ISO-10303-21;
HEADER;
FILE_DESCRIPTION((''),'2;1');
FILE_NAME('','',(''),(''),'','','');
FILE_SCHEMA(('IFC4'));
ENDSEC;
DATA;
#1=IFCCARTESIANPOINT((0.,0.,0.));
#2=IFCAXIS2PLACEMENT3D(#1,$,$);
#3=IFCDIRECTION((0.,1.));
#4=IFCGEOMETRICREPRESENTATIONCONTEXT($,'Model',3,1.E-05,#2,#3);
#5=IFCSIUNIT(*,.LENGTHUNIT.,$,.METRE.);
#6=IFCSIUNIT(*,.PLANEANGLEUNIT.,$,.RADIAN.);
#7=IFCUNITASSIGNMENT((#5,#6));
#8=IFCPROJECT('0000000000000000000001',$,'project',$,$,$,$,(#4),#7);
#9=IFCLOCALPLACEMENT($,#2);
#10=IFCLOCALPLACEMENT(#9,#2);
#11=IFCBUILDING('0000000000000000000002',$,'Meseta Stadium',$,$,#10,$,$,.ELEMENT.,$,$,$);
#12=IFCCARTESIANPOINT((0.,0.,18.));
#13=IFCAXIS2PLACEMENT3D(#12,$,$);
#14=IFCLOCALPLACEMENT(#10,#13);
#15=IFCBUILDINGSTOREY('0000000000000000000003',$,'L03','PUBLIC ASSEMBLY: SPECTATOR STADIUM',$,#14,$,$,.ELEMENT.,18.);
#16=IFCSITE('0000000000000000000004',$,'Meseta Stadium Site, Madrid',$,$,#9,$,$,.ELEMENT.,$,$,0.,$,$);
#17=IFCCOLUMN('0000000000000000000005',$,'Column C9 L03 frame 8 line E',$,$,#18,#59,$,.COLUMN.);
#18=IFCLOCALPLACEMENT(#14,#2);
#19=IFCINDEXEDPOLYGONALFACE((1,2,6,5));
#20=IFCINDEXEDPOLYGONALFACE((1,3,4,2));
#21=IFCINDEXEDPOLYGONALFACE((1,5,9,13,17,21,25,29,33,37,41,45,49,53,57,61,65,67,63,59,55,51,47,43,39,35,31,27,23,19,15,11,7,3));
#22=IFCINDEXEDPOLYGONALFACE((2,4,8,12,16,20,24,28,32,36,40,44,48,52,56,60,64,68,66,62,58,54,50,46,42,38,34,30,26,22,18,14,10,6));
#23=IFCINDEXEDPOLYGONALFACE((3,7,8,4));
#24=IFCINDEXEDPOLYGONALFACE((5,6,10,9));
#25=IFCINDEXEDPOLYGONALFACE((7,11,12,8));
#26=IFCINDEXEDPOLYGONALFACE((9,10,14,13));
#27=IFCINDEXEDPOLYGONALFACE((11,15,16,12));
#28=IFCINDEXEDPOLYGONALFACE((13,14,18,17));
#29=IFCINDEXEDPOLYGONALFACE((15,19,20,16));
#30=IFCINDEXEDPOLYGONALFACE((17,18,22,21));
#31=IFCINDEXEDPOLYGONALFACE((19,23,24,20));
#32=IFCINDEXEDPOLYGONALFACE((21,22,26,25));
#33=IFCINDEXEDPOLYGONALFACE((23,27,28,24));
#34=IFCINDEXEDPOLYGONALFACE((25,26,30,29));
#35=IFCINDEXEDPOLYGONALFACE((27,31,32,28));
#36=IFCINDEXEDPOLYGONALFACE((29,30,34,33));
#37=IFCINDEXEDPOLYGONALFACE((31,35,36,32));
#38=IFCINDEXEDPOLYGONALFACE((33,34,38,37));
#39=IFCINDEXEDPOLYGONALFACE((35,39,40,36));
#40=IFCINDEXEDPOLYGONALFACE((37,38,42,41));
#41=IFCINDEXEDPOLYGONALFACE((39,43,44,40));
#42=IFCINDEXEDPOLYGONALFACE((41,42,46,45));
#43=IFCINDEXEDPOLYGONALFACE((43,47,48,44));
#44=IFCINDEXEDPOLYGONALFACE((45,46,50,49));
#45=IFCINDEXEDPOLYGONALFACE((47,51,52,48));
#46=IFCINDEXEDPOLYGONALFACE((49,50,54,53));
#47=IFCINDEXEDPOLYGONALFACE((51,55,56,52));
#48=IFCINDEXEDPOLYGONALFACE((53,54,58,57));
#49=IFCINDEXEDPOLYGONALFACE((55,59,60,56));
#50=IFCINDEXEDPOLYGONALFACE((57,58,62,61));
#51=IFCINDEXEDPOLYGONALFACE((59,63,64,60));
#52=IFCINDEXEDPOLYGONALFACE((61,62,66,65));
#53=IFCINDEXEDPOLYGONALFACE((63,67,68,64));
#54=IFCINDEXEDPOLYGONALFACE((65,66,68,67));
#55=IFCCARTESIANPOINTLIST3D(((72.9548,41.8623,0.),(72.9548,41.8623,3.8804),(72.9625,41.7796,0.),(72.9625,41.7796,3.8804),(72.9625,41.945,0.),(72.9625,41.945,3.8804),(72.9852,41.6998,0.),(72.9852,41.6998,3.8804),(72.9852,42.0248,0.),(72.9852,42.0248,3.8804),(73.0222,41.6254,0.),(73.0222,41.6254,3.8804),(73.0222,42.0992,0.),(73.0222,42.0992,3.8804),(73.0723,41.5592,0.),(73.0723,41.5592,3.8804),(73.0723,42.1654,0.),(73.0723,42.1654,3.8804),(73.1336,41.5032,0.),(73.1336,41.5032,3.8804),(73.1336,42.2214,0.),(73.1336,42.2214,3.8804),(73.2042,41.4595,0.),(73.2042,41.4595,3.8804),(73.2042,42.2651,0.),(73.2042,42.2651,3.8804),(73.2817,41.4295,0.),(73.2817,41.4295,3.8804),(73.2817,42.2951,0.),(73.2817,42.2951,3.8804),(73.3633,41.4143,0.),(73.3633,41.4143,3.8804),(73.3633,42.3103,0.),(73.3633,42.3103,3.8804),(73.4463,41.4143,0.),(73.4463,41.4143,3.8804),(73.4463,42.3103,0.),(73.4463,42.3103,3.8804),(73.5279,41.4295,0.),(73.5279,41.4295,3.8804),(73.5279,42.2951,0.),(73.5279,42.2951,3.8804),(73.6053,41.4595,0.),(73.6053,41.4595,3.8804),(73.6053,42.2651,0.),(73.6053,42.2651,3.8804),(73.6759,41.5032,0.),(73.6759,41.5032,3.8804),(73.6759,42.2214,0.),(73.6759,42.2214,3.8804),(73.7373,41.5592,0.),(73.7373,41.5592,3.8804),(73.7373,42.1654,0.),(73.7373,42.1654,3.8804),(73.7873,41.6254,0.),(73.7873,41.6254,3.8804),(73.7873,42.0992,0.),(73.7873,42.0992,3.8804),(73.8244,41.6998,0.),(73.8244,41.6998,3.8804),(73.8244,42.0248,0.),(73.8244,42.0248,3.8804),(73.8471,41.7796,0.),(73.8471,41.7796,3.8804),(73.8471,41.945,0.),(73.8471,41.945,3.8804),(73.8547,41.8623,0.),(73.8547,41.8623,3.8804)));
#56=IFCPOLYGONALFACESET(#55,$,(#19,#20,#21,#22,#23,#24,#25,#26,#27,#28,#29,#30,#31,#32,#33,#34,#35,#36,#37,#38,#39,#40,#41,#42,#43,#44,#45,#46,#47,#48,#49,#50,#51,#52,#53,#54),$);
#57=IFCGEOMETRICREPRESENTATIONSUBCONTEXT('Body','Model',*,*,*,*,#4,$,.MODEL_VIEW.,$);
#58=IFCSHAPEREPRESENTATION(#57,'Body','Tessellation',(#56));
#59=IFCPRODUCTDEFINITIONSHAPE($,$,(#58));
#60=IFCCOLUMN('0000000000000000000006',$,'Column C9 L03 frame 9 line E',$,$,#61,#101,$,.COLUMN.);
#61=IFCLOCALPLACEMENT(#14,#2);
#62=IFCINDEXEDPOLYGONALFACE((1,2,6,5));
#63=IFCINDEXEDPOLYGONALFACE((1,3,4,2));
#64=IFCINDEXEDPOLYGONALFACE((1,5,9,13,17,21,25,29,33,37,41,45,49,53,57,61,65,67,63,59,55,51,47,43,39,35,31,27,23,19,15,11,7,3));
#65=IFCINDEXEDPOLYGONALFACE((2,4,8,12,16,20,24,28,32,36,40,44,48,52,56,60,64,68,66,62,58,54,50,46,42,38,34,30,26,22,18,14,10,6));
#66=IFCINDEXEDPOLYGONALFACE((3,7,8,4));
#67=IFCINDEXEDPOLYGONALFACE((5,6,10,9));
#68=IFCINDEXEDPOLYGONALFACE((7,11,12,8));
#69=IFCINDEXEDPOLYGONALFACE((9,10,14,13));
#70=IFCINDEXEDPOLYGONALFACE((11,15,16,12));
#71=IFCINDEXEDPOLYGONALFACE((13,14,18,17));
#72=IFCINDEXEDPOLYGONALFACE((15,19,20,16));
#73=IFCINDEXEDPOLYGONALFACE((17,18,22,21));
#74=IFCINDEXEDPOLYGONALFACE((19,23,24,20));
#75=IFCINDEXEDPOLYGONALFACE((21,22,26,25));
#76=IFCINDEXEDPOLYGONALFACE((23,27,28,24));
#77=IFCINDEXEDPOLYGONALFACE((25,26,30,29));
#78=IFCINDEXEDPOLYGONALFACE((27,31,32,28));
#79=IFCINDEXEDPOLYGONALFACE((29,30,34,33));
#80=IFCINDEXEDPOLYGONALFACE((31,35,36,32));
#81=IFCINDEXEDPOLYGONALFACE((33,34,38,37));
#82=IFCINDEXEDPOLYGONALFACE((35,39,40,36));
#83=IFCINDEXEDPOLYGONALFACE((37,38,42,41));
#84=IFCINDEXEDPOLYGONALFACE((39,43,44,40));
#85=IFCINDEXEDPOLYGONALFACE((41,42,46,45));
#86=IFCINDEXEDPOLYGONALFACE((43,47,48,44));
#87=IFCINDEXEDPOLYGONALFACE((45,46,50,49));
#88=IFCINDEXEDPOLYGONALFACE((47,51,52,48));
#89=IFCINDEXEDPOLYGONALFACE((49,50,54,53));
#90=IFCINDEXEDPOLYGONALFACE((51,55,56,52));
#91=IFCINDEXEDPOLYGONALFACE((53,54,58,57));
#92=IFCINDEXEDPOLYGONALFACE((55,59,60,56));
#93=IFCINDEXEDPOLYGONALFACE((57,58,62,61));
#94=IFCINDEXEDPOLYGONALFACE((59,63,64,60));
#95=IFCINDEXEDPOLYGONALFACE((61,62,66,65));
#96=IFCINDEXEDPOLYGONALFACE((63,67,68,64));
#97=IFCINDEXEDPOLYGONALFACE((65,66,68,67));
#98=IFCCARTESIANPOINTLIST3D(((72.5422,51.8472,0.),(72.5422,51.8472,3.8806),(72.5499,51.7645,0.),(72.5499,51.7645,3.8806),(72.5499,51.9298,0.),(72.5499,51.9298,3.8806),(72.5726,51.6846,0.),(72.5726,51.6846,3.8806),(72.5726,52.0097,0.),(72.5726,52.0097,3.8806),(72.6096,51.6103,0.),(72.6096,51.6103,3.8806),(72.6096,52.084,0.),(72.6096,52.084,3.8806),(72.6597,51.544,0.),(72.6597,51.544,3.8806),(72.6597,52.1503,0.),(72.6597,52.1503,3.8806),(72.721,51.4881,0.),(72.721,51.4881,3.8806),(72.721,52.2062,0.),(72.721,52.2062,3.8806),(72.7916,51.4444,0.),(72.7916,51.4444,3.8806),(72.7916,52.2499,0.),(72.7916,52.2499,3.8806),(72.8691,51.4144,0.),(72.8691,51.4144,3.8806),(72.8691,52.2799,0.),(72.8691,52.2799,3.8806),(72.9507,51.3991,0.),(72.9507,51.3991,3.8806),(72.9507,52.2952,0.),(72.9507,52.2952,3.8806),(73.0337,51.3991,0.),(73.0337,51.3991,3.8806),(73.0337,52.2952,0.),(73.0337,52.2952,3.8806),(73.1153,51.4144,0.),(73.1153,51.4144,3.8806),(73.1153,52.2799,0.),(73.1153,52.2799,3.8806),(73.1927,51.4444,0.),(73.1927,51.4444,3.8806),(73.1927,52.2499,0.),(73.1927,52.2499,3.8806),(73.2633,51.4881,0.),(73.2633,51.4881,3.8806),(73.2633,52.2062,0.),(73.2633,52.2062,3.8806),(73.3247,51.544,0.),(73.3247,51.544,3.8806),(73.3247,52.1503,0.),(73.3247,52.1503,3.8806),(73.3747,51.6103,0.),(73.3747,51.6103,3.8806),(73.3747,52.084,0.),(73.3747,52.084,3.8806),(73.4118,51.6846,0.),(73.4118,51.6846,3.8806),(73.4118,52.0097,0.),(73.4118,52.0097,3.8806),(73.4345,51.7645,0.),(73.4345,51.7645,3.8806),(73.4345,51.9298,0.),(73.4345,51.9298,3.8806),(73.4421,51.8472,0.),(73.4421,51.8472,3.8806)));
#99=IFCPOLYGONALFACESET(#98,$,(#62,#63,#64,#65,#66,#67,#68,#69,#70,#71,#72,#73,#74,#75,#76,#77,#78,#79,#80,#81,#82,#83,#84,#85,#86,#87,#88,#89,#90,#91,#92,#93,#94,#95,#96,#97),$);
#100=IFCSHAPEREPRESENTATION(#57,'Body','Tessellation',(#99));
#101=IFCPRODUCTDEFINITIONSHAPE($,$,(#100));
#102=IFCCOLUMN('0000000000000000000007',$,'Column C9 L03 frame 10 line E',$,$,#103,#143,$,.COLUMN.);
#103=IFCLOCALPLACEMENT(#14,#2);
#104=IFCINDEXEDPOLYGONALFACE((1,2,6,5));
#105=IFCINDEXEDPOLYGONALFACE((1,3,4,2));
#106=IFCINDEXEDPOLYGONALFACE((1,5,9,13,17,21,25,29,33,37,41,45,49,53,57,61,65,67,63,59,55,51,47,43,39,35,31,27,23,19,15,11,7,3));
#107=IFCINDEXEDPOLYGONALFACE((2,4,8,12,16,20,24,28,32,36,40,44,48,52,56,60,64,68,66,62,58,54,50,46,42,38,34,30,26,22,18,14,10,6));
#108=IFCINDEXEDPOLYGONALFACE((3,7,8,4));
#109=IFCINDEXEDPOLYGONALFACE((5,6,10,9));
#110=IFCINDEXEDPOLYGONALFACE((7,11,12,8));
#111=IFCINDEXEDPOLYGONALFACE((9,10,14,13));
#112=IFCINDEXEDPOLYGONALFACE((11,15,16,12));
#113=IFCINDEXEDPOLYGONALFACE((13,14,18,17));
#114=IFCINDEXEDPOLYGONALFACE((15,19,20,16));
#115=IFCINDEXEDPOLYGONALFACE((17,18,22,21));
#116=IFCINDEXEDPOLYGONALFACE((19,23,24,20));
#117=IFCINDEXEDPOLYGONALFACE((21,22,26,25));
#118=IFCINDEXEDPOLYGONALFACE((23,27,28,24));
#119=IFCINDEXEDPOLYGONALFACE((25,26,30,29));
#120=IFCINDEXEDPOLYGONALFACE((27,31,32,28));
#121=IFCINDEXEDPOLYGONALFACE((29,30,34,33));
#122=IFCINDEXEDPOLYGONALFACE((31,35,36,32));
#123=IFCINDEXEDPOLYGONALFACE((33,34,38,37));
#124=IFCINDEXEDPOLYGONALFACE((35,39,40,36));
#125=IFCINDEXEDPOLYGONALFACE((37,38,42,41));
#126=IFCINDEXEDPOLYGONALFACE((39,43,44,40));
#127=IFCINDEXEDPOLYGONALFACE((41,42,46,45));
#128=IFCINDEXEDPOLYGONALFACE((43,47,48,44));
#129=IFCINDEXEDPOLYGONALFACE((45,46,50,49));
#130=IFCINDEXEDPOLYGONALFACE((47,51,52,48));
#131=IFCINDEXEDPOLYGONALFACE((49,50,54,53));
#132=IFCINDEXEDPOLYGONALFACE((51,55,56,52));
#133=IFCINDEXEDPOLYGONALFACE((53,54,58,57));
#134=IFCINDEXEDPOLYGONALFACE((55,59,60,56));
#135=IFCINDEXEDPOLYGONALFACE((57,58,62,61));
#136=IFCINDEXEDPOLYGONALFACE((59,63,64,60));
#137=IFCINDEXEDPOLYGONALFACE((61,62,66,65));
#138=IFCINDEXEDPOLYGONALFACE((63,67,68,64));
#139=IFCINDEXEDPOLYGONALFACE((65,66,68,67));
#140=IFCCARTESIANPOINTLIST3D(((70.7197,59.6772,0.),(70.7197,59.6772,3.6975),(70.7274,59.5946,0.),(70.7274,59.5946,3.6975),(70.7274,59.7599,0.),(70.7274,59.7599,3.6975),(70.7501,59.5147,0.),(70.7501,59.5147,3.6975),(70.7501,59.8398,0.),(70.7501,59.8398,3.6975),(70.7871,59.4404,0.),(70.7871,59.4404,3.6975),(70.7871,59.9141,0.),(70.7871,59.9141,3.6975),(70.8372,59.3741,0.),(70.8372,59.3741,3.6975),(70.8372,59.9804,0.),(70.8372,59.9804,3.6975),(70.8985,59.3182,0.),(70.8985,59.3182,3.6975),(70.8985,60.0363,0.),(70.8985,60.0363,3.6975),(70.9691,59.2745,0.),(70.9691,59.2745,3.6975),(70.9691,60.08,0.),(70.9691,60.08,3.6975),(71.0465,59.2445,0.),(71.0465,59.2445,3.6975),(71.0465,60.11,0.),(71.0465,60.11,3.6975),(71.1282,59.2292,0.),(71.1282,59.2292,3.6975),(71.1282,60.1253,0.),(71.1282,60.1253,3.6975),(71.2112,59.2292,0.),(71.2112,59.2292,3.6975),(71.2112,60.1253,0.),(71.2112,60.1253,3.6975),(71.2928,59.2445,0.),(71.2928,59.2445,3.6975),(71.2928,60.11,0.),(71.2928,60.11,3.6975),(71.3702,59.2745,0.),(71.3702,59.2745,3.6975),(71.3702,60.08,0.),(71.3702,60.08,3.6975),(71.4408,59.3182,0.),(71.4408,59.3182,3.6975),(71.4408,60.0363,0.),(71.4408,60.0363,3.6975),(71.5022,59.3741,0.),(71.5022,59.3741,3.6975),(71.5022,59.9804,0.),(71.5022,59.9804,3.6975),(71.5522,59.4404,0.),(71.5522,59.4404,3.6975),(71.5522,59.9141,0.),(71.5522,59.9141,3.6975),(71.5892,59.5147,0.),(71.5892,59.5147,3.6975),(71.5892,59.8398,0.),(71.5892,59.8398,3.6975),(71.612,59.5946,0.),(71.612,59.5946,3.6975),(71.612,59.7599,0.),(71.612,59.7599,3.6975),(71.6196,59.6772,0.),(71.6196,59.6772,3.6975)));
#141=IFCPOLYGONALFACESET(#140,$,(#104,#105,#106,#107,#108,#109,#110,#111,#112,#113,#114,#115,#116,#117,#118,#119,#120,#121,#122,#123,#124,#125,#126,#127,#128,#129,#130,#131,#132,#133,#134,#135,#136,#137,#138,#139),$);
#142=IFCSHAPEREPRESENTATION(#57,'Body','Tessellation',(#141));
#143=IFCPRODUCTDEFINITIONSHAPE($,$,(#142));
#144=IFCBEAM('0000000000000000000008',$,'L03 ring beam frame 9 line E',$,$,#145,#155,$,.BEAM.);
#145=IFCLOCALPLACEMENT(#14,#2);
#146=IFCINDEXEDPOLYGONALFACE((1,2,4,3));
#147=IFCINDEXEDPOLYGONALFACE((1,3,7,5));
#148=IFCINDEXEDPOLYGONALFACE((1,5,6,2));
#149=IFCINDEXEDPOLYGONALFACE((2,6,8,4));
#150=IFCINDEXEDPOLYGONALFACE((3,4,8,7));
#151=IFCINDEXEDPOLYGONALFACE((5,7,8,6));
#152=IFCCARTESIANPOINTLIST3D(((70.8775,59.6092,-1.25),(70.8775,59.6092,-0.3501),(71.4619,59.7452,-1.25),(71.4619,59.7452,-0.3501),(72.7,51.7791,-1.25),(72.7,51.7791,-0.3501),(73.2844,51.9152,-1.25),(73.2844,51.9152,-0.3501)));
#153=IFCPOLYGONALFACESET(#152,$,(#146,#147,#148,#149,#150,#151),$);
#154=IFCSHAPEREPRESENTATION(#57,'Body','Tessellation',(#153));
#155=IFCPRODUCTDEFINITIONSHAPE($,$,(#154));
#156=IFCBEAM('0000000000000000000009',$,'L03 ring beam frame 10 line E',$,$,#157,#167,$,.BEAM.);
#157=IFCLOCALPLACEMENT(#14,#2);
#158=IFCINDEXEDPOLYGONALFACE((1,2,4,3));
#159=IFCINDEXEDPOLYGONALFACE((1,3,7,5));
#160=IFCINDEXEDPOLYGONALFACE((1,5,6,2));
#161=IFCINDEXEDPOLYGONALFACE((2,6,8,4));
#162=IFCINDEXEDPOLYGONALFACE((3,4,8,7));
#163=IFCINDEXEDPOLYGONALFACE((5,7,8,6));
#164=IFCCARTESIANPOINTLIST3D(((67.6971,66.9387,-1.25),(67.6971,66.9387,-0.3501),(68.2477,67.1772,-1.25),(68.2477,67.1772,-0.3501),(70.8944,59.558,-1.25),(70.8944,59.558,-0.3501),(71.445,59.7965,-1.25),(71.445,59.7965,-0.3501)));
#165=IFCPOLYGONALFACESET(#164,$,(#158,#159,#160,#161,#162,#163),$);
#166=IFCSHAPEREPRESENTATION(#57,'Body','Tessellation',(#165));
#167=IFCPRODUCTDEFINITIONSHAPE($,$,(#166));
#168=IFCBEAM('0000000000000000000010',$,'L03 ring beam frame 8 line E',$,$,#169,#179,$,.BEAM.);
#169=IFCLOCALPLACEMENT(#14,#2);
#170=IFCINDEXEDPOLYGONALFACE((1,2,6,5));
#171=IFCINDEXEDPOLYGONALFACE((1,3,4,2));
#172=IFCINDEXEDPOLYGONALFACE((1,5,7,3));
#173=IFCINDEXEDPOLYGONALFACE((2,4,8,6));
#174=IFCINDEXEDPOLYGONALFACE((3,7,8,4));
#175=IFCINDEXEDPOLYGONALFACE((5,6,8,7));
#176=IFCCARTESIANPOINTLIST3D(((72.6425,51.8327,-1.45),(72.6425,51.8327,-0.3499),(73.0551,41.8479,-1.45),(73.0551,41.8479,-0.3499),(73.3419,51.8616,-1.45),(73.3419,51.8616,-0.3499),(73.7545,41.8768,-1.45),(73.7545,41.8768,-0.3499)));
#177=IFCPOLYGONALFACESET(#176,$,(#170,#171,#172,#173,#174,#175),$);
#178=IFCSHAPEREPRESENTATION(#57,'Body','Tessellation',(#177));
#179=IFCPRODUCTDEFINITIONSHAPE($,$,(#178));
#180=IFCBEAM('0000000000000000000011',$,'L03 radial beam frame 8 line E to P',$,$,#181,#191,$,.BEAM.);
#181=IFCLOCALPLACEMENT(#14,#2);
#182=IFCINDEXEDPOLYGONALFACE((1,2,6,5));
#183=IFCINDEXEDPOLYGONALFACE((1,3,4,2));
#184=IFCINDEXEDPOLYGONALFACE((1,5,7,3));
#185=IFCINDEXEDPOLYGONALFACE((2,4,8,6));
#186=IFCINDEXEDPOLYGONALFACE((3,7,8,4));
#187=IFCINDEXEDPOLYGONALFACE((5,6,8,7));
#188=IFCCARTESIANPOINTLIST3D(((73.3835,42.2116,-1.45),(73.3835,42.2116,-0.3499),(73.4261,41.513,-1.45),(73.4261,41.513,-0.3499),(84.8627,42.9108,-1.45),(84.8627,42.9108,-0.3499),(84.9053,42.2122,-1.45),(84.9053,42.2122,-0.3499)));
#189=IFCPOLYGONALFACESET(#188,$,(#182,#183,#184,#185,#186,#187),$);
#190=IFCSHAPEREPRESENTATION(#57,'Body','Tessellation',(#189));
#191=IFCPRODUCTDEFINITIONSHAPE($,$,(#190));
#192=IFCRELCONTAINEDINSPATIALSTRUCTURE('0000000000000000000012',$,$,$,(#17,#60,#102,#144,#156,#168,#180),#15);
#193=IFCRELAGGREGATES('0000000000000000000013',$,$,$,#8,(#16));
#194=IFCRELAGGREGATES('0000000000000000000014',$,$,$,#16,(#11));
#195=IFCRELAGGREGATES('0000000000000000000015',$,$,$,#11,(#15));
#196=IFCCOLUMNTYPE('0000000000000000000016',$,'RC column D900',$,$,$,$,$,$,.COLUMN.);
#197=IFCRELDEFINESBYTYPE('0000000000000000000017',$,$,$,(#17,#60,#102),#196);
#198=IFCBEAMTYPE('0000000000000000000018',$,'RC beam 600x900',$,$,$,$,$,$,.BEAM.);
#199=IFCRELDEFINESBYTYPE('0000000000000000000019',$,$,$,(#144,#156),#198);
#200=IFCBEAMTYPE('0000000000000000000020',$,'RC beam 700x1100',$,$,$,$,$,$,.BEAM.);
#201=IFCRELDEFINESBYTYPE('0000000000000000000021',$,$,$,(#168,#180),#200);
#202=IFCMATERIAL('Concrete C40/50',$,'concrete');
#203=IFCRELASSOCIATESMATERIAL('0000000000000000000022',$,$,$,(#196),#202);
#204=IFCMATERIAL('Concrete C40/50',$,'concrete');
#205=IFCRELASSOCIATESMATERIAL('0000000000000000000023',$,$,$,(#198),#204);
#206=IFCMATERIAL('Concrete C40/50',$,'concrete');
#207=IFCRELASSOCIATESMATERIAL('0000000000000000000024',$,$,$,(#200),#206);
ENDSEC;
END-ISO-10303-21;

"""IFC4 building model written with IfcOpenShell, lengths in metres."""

from ifc_helpers import new_model, si_unit, direction, frame, origin, origin_2d, place, context, subcontext, project, spatial, rectangle, circle, extrude, material, material_profile, profile_set, type_object, element, save


model = new_model("IFC4")

# Units and contexts
model_context = context("Model", 3, precision=1e-05, world=origin(), true_north=direction((0.0, 1.0)))
body_context = subcontext(model_context, "Body", "Model", "MODEL_VIEW")
ifc_project = project(units=[si_unit("LENGTHUNIT", "METRE"), si_unit("PLANEANGLEUNIT", "RADIAN")], contexts=[model_context])

# Site, building, storey
site_placement = place(None, origin())
site = spatial("IfcSite", under=ifc_project, at=site_placement, Name="Meseta Stadium Site, Madrid", CompositionType="ELEMENT", RefElevation=0.0)
building_placement = place(site_placement, origin())
building = spatial("IfcBuilding", under=site, at=building_placement, Name="Meseta Stadium", CompositionType="ELEMENT")
storey_placement = place(building_placement, frame((0.0, 0.0, 18.0)))
storey = spatial("IfcBuildingStorey", under=building, at=storey_placement, Name="L03", Description="PUBLIC ASSEMBLY: SPECTATOR STADIUM", CompositionType="ELEMENT", Elevation=18.0)

# Columns
ifc_material_1 = material(Name="Concrete C40/50", Category="concrete")
ifc_material_profile_1 = material_profile(ifc_material_1, circle(Radius=0.45, at=origin_2d()), Name="RC D900")
ifc_profile_set_1 = profile_set([ifc_material_profile_1], Name="Concrete C40/50")
column_type = type_object("IfcColumnType", Name="RC column D900", PredefinedType="COLUMN", material=ifc_profile_set_1)
column_1_placement = place(storey_placement, frame((73.4048, 41.8623, 0.0), z_axis=(0.0, 0.0, 1.0), x_axis=(1.0, 0.0, 0.0)))
element("IfcColumn", 1, at=column_1_placement, inside=storey, type_object=column_type, Name="Column C9 L03 frame 8 line E", PredefinedType="COLUMN", context=body_context, shape_type="SweptSolid", body=[
    extrude(circle(Radius=0.45, at=origin_2d()), origin(), (0.0, 0.0, 1.0), 3.8804),
])
column_2_placement = place(storey_placement, frame((72.9922, 51.8472, 0.0), z_axis=(0.0, 0.0, 1.0), x_axis=(1.0, 0.0, 0.0)))
element("IfcColumn", 2, at=column_2_placement, inside=storey, type_object=column_type, Name="Column C9 L03 frame 9 line E", PredefinedType="COLUMN", context=body_context, shape_type="SweptSolid", body=[
    extrude(circle(Radius=0.45, at=origin_2d()), origin(), (0.0, 0.0, 1.0), 3.8806),
])
column_3_placement = place(storey_placement, frame((71.1697, 59.6772, 0.0), z_axis=(0.0, 0.0, 1.0), x_axis=(1.0, 0.0, 0.0)))
element("IfcColumn", 3, at=column_3_placement, inside=storey, type_object=column_type, Name="Column C9 L03 frame 10 line E", PredefinedType="COLUMN", context=body_context, shape_type="SweptSolid", body=[
    extrude(circle(Radius=0.45, at=origin_2d()), origin(), (0.0, 0.0, 1.0), 3.6975),
])

# Beams
ifc_material_2 = material(Name="Concrete C40/50", Category="concrete")
ifc_material_profile_2 = material_profile(ifc_material_2, rectangle(XDim=0.6001, YDim=0.8999, at=origin_2d()), Name="RC 600x900")
ifc_profile_set_2 = profile_set([ifc_material_profile_2], Name="Concrete C40/50")
beam_type_1 = type_object("IfcBeamType", Name="RC beam 600x900", PredefinedType="BEAM", material=ifc_profile_set_2)
beam_1_placement = place(storey_placement, frame((72.9922, 51.8472, -0.8), z_axis=(-0.226698, 0.973965, 0.0), x_axis=(-0.973965, -0.226698, 0.0)))
element("IfcBeam", 4, at=beam_1_placement, inside=storey, type_object=beam_type_1, Name="L03 ring beam frame 9 line E", PredefinedType="BEAM", context=body_context, shape_type="SweptSolid", body=[
    extrude(rectangle(XDim=0.6001, YDim=0.8999, at=origin_2d()), origin(), (0.0, 0.0, 1.0), 8.0393),
])
beam_2_placement = place(storey_placement, frame((71.1697, 59.6772, -0.8), z_axis=(-0.397503, 0.917601, 0.0), x_axis=(-0.917601, -0.397503, 0.0)))
element("IfcBeam", 5, at=beam_2_placement, inside=storey, type_object=beam_type_1, Name="L03 ring beam frame 10 line E", PredefinedType="BEAM", context=body_context, shape_type="SweptSolid", body=[
    extrude(rectangle(XDim=0.6001, YDim=0.8999, at=origin_2d()), origin(), (0.0, 0.0, 1.0), 8.0435),
])
ifc_material_3 = material(Name="Concrete C40/50", Category="concrete")
ifc_material_profile_3 = material_profile(ifc_material_3, rectangle(XDim=0.7, YDim=1.1001, at=origin_2d()), Name="RC 700x1100")
ifc_profile_set_3 = profile_set([ifc_material_profile_3], Name="Concrete C40/50")
beam_type_2 = type_object("IfcBeamType", Name="RC beam 700x1100", PredefinedType="BEAM", material=ifc_profile_set_3)
beam_3_placement = place(storey_placement, frame((73.4048, 41.8623, -0.8999), z_axis=(-0.041287, 0.999147, 0.0), x_axis=(-0.999147, -0.041287, 0.0)))
element("IfcBeam", 6, at=beam_3_placement, inside=storey, type_object=beam_type_2, Name="L03 ring beam frame 8 line E", PredefinedType="BEAM", context=body_context, shape_type="SweptSolid", body=[
    extrude(rectangle(XDim=0.7, YDim=1.1001, at=origin_2d()), origin(), (0.0, 0.0, 1.0), 9.9934),
])
beam_4_placement = place(storey_placement, frame((73.4048, 41.8623, -0.8999), z_axis=(0.99815, 0.060799, 0.0), x_axis=(-0.060799, 0.99815, 0.0)))
element("IfcBeam", 7, at=beam_4_placement, inside=storey, type_object=beam_type_2, Name="L03 radial beam frame 8 line E to P", PredefinedType="BEAM", context=body_context, shape_type="SweptSolid", body=[
    extrude(rectangle(XDim=0.7, YDim=1.1001, at=origin_2d()), origin(), (0.0, 0.0, 1.0), 11.5005),
])

save(model, "model.ifc")
